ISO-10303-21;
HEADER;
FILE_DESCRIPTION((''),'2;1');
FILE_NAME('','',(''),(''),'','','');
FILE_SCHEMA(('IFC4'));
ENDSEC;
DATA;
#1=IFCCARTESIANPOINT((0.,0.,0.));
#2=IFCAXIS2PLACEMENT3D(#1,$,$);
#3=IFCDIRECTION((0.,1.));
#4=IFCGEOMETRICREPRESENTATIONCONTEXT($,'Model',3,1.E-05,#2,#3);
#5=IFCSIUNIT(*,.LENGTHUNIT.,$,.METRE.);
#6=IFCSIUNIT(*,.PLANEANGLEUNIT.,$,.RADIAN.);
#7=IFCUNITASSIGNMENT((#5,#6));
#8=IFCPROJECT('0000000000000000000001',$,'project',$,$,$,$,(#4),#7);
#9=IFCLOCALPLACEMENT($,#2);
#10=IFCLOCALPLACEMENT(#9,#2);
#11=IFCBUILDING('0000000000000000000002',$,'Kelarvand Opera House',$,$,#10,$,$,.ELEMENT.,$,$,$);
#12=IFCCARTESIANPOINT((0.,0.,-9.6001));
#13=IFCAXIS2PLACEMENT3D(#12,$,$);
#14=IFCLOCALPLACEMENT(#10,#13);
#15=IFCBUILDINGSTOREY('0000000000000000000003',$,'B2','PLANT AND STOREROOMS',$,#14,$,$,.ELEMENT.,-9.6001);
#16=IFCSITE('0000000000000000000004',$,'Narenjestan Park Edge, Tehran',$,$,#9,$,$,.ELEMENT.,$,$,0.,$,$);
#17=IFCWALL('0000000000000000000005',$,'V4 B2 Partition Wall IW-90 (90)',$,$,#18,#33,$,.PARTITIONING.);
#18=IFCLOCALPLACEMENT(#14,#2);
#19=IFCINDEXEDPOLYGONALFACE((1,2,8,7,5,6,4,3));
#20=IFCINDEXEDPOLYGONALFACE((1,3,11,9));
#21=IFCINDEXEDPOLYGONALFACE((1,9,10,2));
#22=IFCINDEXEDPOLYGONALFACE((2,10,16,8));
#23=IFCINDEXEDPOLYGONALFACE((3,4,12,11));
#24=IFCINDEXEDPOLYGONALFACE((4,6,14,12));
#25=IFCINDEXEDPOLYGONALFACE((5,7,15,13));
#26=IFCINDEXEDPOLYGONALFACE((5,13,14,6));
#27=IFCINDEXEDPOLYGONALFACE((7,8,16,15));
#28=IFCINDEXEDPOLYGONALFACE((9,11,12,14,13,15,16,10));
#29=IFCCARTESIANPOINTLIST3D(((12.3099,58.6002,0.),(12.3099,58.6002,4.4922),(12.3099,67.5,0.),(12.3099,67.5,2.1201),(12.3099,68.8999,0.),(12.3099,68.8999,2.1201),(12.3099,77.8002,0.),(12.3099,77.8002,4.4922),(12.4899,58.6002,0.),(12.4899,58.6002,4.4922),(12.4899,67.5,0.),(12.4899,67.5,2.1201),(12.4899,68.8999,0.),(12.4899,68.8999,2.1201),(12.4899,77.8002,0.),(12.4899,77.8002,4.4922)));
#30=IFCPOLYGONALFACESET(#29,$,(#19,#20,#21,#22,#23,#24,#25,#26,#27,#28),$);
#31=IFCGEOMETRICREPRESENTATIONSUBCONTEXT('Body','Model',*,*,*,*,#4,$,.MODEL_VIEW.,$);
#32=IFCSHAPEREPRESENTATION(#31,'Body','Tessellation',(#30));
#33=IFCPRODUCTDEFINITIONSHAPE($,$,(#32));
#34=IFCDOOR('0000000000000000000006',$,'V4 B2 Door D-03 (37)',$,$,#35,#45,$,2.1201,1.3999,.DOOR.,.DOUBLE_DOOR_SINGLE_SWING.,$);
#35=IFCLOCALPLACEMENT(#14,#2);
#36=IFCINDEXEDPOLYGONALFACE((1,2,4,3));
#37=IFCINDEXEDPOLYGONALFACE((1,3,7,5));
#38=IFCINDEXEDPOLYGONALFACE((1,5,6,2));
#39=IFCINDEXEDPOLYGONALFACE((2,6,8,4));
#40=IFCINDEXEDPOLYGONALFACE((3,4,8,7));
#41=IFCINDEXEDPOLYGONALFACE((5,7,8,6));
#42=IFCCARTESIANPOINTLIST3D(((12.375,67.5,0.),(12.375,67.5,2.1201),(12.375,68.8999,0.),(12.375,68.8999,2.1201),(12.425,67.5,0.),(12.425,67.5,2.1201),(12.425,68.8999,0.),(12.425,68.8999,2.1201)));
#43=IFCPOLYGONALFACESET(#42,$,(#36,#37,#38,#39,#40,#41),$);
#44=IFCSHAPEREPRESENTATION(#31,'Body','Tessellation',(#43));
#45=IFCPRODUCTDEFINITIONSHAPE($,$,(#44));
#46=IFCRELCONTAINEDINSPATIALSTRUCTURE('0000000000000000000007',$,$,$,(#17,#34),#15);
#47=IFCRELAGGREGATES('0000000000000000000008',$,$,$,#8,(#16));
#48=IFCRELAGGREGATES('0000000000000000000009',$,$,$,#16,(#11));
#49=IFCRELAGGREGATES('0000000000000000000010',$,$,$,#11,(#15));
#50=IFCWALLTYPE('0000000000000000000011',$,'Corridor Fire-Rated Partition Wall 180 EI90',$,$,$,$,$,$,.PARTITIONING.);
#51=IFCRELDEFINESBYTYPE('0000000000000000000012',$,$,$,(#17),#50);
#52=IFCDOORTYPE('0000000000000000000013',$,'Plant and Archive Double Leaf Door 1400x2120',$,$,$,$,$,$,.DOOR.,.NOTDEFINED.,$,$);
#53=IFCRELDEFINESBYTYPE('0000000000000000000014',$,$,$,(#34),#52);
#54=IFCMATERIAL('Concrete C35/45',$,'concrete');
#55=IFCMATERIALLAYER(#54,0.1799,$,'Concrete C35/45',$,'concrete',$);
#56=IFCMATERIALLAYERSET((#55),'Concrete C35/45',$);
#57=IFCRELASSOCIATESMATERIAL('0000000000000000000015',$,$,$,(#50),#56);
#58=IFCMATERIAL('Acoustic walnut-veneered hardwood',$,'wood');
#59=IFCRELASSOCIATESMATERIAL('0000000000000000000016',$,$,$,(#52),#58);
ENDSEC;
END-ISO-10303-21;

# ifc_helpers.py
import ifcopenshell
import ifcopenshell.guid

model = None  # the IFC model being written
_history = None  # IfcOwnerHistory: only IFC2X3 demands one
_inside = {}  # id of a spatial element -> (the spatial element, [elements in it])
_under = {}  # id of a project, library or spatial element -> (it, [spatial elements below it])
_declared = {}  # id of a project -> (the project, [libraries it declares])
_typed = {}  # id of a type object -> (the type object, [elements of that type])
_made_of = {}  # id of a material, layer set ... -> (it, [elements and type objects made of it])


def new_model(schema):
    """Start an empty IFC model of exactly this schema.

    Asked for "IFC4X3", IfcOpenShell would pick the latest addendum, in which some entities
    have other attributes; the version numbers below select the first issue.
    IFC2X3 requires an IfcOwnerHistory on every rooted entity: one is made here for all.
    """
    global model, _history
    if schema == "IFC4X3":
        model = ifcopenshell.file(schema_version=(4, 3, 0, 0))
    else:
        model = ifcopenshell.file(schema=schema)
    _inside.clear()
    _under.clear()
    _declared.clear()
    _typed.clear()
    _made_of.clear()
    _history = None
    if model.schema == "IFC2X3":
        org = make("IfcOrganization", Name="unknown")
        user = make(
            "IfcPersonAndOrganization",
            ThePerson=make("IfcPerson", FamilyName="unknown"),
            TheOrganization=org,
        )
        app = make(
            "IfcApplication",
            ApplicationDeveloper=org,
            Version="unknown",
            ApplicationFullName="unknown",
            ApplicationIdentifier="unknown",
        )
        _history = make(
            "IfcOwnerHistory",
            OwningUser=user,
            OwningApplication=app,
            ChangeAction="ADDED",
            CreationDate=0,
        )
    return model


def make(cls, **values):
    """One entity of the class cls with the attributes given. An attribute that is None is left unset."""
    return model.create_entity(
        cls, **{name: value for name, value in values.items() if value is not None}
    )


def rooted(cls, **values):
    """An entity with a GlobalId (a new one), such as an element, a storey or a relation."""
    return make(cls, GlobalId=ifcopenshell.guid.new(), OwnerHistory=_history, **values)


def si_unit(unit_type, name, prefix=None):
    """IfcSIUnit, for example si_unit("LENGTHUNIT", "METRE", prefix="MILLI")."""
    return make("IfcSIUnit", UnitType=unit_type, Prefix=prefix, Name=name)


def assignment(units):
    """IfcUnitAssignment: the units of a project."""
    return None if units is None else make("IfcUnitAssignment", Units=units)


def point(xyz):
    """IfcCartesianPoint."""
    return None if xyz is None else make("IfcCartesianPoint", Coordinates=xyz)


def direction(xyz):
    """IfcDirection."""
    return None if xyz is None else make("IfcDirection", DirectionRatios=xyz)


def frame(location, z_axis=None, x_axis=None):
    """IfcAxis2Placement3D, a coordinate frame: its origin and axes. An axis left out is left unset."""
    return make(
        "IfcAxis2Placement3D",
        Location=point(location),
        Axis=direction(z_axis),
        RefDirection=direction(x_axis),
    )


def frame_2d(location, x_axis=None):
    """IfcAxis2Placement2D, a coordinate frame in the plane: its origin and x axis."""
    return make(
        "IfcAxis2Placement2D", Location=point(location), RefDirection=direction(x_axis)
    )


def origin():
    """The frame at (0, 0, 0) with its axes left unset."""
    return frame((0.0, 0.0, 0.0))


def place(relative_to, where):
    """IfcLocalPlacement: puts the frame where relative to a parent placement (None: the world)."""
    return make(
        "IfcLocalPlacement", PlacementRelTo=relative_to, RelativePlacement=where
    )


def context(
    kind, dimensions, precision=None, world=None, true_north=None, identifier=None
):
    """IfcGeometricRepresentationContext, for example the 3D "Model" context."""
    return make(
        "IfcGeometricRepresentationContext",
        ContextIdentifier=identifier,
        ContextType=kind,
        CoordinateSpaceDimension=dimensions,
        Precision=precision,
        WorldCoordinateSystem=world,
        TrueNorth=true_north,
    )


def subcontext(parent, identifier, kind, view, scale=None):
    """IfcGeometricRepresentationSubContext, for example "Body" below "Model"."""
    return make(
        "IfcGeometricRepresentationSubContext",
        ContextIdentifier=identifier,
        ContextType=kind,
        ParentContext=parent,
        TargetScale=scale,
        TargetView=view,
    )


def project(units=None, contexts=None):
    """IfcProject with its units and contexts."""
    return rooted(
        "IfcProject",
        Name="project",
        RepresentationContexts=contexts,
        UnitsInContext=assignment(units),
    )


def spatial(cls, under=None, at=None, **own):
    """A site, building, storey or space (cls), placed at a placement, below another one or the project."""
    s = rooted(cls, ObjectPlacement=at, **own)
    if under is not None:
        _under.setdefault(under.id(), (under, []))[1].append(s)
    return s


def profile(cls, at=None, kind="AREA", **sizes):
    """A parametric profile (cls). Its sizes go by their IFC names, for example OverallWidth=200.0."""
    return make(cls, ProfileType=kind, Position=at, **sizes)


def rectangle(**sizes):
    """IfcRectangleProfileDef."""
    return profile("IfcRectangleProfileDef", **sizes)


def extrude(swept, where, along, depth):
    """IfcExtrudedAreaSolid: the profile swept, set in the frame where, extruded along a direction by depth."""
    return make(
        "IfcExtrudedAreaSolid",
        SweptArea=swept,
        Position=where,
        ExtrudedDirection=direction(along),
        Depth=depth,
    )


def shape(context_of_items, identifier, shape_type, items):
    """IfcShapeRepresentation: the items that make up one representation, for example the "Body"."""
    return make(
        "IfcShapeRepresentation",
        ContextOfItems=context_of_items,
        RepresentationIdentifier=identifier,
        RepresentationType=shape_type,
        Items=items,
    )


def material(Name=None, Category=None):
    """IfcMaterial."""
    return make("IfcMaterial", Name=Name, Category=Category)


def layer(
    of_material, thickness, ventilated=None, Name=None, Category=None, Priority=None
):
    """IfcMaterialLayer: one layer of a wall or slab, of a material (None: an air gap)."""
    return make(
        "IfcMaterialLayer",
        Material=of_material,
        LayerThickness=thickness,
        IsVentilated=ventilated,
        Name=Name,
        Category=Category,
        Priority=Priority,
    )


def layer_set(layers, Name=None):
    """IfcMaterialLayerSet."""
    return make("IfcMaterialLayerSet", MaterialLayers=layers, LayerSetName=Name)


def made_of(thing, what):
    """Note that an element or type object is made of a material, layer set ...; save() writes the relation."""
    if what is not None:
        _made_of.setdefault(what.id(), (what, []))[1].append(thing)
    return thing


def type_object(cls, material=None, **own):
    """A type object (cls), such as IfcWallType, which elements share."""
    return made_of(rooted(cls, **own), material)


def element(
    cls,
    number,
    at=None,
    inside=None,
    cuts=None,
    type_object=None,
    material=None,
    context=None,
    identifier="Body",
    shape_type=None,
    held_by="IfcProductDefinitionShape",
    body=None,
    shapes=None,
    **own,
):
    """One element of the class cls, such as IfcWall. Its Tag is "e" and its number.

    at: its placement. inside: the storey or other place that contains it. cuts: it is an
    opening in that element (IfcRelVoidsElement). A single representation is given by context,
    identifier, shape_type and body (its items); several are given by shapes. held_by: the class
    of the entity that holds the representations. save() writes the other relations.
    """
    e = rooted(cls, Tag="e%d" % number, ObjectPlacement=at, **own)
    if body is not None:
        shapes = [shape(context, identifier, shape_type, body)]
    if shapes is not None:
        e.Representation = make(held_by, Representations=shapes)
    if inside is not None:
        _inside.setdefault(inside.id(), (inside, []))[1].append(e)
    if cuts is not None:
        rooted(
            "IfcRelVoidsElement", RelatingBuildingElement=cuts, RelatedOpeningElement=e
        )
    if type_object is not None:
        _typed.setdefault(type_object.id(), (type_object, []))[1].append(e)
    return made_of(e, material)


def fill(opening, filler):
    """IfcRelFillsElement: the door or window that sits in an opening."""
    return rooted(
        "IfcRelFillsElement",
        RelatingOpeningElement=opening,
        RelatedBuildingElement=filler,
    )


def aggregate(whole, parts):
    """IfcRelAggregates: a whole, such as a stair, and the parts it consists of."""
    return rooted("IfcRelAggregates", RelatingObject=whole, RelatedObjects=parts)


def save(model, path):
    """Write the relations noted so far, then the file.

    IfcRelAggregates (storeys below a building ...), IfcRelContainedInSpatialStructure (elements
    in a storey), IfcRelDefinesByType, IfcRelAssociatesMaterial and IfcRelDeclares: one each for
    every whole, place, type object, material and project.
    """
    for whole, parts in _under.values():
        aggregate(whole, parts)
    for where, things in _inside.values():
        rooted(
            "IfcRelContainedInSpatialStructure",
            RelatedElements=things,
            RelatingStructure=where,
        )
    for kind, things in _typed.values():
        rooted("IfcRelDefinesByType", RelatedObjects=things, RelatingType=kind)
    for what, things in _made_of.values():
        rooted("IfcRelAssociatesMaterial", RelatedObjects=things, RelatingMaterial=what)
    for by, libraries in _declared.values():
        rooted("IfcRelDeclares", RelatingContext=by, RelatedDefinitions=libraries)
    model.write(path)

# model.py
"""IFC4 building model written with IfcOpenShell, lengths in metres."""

from ifc_helpers import new_model, si_unit, direction, frame, frame_2d, origin, place, context, subcontext, project, spatial, rectangle, extrude, material, layer, layer_set, type_object, element, fill, save


model = new_model("IFC4")

# Units and contexts
model_context = context("Model", 3, precision=1e-05, world=origin(), true_north=direction((0.0, 1.0)))
body_context = subcontext(model_context, "Body", "Model", "MODEL_VIEW")
ifc_project = project(units=[si_unit("LENGTHUNIT", "METRE"), si_unit("PLANEANGLEUNIT", "RADIAN")], contexts=[model_context])

# Site, building, storey
site_placement = place(None, origin())
site = spatial("IfcSite", under=ifc_project, at=site_placement, Name="Narenjestan Park Edge, Tehran", CompositionType="ELEMENT", RefElevation=0.0)
building_placement = place(site_placement, origin())
building = spatial("IfcBuilding", under=site, at=building_placement, Name="Kelarvand Opera House", CompositionType="ELEMENT")
storey_placement = place(building_placement, frame((0.0, 0.0, -9.6001)))
storey = spatial("IfcBuildingStorey", under=building, at=storey_placement, Name="B2", Description="PLANT AND STOREROOMS", CompositionType="ELEMENT", Elevation=-9.6001)

# Shared definitions
ifc_material_1 = material(Name="Concrete C35/45", Category="concrete")

# Wall, opening, door
ifc_layer_1 = layer(ifc_material_1, 0.1799, Name="Concrete C35/45", Category="concrete")
ifc_layer_set_1 = layer_set([ifc_layer_1], Name="Concrete C35/45")
wall_type_1 = type_object("IfcWallType", Name="Corridor Fire-Rated Partition Wall 180 EI90", PredefinedType="PARTITIONING", material=ifc_layer_set_1)
ifc_material_2 = material(Name="Acoustic walnut-veneered hardwood", Category="wood")
wall_1_placement = place(storey_placement, frame((12.3999, 58.6001, 0.0), z_axis=(0.0, 0.0, 1.0), x_axis=(0.0, 1.0, 0.0)))
wall_1 = element("IfcWall", 1, at=wall_1_placement, inside=storey, type_object=wall_type_1, Name="V4 B2 Partition Wall IW-90 (90)", PredefinedType="PARTITIONING", context=body_context, shape_type="SweptSolid", body=[
    extrude(rectangle(XDim=19.2, YDim=0.1799, at=frame_2d((9.6001, 0.0))), origin(), (0.0, 0.0, 1.0), 4.4922),
])
opening_1_placement = place(wall_1_placement, frame((8.8999, 0.0, 0.0)))
opening_1 = element("IfcOpeningElement", 2, at=opening_1_placement, cuts=wall_1, PredefinedType="OPENING", context=body_context, shape_type="SweptSolid", body=[
    extrude(rectangle(XDim=1.3999, YDim=2.1201, at=frame_2d((0.7, 1.0601))), frame((0.0, 0.1001, 0.0), z_axis=(0.0, -1.0, 0.0), x_axis=(1.0, 0.0, 0.0)), (0.0, 0.0, 1.0), 0.2),
])
door_type_1 = type_object("IfcDoorType", Name="Plant and Archive Double Leaf Door 1400x2120", OperationType="NOTDEFINED", PredefinedType="DOOR", material=ifc_material_2)
door_1_placement = place(opening_1_placement, origin())
door_1 = element("IfcDoor", 3, at=door_1_placement, inside=storey, type_object=door_type_1, Name="V4 B2 Door D-03 (37)", OperationType="DOUBLE_DOOR_SINGLE_SWING", OverallHeight=2.1201, OverallWidth=1.3999, PredefinedType="DOOR", context=body_context, shape_type="SweptSolid", body=[
    extrude(rectangle(XDim=1.3999, YDim=2.1201, at=frame_2d((0.7, 1.0601))), frame((0.0, 0.0249, 0.0), z_axis=(0.0, -1.0, 0.0), x_axis=(1.0, 0.0, 0.0)), (0.0, 0.0, 1.0), 0.05),
])
fill(opening_1, door_1)

save(model, "model.ifc")
